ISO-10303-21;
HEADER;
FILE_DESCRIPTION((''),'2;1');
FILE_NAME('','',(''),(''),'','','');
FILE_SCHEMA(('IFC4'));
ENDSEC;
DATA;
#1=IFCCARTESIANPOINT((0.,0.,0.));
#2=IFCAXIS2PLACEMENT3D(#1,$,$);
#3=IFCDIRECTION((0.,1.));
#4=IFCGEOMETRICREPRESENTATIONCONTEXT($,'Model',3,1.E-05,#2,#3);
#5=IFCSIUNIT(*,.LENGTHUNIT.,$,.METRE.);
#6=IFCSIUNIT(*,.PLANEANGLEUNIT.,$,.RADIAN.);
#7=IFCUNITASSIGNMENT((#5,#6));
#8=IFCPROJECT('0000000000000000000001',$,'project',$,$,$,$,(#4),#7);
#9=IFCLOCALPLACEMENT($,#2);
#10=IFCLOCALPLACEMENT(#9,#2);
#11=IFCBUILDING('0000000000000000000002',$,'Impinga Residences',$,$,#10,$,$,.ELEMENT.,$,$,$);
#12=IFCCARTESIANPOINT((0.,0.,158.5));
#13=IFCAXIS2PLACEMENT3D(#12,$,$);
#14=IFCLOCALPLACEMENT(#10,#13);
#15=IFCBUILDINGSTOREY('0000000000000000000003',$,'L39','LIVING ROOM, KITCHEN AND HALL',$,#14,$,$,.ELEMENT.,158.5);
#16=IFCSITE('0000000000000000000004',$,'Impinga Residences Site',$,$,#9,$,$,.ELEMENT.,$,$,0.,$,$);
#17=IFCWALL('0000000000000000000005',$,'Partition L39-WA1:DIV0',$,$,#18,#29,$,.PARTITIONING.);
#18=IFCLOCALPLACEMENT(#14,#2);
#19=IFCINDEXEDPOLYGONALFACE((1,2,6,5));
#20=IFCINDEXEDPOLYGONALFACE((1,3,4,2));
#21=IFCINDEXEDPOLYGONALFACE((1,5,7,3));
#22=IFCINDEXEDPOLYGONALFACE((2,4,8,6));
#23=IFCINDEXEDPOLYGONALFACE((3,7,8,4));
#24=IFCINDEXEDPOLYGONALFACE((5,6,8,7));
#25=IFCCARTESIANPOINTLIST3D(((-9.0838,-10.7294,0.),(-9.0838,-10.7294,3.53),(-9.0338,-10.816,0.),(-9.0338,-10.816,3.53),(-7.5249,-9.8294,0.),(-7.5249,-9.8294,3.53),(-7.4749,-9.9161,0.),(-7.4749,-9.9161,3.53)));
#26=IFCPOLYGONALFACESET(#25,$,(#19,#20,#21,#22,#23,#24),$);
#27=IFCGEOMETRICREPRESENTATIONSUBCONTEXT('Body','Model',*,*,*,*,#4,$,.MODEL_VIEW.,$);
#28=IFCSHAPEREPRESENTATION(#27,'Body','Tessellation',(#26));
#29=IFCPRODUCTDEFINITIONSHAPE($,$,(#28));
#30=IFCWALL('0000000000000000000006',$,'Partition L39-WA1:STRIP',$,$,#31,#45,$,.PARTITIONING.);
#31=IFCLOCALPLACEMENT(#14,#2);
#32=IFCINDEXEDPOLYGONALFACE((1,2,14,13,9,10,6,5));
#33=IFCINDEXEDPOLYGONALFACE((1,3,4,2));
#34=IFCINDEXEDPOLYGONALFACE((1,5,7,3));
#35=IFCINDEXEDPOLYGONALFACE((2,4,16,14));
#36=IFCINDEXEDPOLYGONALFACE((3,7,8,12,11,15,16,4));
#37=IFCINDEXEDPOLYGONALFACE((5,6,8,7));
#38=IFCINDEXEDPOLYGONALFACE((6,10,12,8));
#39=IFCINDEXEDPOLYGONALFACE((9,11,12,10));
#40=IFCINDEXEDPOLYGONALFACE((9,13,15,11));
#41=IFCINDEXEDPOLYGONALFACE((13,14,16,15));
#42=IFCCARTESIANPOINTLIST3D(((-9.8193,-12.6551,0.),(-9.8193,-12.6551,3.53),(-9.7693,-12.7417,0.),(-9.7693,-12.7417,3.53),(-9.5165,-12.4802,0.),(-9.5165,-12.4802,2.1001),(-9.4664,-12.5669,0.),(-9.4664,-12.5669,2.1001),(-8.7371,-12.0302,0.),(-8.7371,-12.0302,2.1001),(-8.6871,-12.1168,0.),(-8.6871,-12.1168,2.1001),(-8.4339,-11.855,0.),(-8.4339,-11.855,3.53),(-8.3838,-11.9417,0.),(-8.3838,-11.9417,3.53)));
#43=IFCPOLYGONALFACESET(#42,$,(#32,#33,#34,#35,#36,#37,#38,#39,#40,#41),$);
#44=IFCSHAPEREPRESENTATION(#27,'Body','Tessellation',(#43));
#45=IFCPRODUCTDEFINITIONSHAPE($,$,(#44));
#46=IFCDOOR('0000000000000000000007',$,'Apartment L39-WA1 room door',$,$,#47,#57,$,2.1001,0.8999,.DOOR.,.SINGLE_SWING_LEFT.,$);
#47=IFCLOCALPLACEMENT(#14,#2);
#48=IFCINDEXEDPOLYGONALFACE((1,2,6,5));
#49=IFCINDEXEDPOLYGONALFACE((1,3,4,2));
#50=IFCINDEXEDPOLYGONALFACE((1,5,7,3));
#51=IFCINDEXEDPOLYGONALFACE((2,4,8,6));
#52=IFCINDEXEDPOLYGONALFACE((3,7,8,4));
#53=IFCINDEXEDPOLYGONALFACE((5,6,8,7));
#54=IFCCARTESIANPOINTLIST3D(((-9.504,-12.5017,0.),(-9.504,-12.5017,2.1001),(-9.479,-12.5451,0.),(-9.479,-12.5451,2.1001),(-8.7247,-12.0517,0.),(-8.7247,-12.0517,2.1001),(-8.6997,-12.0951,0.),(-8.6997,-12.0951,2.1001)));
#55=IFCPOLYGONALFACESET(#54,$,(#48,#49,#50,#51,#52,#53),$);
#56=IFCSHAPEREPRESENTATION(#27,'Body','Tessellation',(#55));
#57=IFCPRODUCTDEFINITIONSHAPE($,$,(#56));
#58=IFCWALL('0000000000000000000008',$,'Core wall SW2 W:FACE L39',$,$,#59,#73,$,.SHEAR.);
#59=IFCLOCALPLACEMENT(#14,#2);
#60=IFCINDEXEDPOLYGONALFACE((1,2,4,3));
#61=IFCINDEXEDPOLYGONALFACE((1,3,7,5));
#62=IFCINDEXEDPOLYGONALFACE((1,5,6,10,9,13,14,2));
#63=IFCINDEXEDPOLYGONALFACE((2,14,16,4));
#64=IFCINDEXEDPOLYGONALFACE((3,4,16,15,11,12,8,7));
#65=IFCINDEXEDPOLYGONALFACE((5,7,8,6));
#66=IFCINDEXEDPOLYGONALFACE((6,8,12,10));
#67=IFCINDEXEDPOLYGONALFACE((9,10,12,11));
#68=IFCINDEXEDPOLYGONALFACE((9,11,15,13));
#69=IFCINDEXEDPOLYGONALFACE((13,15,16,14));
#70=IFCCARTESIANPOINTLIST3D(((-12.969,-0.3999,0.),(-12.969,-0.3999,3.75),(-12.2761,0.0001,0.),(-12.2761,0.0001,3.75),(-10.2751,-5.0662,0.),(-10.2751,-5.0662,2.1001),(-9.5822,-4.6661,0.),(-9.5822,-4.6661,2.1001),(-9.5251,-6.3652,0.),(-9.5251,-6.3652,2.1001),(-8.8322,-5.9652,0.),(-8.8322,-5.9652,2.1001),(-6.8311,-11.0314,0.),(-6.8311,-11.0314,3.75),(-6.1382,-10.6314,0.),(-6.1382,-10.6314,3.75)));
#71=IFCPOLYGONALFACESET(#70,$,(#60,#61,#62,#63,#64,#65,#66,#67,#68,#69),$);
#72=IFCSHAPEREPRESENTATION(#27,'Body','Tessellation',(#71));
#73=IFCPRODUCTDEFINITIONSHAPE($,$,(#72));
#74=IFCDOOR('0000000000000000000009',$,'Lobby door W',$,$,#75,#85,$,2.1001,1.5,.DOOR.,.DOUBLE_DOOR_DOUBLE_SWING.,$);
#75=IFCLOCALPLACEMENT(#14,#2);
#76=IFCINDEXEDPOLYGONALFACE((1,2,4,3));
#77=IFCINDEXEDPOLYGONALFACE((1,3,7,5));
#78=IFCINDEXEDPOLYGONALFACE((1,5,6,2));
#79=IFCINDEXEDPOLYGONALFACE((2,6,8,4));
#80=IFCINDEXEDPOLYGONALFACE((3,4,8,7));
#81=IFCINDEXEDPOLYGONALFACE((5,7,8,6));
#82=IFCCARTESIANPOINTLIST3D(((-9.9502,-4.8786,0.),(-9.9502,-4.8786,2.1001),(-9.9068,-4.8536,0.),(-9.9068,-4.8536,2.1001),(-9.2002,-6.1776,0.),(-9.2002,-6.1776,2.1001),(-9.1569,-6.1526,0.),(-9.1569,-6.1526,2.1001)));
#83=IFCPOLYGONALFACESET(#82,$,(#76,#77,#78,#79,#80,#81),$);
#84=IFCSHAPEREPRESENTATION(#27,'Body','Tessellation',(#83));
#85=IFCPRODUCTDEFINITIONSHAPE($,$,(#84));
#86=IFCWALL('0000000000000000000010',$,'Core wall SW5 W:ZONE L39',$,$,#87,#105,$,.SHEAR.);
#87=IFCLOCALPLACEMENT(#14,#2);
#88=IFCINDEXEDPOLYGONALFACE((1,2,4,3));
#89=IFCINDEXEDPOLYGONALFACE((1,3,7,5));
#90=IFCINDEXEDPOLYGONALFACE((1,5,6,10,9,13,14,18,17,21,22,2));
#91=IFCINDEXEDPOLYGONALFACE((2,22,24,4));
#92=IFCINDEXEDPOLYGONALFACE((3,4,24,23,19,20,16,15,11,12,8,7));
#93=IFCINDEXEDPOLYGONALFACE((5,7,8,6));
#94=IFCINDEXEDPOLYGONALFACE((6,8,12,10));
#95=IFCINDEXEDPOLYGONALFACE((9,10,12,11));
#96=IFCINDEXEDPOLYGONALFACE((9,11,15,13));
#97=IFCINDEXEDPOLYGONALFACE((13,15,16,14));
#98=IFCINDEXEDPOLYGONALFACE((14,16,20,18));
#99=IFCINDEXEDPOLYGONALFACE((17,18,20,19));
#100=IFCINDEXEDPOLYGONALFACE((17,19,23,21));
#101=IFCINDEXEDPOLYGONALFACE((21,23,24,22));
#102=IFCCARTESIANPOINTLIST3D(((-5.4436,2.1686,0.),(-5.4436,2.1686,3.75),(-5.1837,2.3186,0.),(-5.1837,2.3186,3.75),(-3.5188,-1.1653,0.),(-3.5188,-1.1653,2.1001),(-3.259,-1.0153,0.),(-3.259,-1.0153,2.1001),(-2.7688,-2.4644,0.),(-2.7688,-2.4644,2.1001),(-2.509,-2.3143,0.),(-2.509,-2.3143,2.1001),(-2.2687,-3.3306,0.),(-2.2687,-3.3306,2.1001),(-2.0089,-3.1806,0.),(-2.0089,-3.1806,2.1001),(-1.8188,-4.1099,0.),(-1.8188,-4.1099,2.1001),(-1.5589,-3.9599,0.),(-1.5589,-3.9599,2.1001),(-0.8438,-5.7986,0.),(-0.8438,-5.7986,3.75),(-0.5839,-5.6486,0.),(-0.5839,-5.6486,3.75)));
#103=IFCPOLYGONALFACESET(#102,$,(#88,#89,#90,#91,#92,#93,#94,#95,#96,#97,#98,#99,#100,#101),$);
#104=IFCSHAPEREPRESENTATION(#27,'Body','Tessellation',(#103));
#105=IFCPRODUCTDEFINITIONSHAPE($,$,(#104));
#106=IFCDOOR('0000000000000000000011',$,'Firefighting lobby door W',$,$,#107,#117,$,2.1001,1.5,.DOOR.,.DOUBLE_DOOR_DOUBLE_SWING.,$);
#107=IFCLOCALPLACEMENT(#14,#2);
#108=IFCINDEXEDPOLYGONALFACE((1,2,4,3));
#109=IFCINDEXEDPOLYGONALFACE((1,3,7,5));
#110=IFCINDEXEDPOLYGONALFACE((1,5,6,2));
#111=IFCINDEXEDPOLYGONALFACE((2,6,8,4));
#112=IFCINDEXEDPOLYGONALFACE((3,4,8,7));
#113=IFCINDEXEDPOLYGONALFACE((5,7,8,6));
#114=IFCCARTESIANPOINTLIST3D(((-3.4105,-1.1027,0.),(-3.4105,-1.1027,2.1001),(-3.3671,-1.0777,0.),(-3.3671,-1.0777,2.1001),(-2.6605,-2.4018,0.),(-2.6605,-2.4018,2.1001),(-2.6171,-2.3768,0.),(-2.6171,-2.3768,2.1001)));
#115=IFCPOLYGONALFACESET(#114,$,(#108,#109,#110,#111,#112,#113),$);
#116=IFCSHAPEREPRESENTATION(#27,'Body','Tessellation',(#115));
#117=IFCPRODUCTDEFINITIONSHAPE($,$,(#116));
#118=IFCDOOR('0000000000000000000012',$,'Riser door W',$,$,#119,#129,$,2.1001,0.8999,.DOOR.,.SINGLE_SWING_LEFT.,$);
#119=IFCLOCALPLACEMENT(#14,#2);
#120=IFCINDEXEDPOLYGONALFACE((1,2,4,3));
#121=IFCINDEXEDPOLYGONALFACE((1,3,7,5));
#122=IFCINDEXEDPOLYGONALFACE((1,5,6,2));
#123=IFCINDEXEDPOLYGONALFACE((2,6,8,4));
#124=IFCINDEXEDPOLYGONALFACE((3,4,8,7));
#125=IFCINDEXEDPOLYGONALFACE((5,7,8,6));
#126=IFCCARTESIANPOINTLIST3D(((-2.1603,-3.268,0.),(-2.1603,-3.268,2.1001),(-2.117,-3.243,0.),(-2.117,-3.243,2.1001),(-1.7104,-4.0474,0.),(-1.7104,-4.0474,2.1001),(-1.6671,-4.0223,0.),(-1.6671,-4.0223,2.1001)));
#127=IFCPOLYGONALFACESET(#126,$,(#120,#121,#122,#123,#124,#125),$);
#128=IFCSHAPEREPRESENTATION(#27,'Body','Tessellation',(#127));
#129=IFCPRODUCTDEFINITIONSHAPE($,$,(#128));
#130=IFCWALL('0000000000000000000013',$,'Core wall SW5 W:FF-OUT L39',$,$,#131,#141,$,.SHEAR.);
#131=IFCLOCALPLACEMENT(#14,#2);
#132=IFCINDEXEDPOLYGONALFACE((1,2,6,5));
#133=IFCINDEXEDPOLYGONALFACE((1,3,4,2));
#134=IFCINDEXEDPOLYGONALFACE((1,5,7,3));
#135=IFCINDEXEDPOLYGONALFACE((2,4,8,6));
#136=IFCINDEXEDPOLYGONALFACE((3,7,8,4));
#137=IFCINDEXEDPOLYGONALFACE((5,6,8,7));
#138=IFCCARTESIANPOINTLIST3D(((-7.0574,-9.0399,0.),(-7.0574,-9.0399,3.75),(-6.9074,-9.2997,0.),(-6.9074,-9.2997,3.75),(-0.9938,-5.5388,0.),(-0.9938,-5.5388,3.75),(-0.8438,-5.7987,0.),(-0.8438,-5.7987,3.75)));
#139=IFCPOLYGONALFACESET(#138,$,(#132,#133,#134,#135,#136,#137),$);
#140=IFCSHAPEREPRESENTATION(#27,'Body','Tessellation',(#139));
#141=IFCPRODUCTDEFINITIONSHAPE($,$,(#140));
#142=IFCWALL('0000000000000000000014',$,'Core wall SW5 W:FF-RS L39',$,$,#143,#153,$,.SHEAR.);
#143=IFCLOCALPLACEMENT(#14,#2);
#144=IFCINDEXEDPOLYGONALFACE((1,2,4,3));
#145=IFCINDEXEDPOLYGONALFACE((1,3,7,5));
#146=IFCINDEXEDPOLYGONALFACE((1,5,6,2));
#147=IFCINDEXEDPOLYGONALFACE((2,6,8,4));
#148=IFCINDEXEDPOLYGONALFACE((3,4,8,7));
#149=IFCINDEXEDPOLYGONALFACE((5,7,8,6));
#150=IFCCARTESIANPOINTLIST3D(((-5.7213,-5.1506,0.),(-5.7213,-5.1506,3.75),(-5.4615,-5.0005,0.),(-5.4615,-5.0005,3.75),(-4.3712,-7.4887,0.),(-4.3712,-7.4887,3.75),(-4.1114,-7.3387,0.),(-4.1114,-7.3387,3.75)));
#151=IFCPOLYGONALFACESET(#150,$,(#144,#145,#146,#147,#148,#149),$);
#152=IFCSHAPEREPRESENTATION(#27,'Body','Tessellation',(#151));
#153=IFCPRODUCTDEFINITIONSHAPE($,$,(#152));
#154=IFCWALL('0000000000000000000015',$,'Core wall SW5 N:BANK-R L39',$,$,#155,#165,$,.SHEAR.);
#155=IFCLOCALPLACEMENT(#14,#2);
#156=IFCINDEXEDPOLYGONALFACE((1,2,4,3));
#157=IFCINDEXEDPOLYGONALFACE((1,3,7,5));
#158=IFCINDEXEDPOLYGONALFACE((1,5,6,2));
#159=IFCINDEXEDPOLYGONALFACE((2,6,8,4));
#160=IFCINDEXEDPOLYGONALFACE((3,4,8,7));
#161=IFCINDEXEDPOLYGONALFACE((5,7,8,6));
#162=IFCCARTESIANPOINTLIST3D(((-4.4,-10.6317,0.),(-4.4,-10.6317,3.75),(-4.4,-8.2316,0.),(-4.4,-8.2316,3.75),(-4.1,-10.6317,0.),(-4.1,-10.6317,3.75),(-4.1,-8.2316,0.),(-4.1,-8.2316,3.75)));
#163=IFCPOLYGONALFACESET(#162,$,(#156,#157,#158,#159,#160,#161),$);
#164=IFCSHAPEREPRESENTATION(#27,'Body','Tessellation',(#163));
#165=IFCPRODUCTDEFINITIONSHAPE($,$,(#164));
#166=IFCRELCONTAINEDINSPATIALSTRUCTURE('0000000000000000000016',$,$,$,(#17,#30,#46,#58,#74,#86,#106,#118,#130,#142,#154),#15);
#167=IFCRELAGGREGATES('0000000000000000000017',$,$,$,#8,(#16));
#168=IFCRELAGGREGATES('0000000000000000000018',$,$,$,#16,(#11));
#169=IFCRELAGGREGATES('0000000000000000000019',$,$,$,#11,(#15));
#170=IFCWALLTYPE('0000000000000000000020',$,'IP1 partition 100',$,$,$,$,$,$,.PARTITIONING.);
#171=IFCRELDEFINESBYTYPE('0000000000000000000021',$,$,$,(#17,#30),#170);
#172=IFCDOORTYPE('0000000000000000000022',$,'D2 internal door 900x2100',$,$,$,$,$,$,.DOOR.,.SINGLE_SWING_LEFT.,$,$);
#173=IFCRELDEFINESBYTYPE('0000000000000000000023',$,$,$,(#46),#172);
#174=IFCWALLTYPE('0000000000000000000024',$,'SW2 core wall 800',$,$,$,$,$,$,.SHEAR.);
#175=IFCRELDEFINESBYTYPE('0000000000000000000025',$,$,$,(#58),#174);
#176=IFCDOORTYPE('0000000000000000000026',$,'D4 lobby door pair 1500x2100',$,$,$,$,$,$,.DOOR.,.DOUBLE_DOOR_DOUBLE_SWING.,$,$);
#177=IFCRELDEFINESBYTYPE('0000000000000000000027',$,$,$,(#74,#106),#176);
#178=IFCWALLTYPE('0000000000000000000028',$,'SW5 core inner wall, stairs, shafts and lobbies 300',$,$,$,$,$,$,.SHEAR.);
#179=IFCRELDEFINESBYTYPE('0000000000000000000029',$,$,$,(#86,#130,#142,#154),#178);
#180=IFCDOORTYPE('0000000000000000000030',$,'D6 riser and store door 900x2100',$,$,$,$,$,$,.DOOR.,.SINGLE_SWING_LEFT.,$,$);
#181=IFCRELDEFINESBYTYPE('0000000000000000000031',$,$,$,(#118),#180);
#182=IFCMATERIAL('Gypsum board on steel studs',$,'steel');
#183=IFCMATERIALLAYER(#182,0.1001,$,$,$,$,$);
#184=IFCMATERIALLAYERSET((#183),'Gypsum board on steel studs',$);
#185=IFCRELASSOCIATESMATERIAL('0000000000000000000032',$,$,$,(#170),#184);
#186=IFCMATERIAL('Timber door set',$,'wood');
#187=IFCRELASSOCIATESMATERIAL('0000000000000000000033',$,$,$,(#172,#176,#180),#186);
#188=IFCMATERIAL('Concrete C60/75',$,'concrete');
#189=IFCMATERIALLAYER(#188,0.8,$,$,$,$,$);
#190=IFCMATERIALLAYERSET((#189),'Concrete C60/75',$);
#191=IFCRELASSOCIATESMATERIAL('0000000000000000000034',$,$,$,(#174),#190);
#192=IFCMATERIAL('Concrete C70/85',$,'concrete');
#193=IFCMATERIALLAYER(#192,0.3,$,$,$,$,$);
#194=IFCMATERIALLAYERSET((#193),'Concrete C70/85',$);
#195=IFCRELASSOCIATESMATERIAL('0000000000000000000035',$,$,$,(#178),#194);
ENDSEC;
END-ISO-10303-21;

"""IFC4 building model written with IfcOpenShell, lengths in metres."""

from ifc_helpers import new_model, si_unit, direction, frame, frame_2d, origin, place, context, subcontext, project, spatial, rectangle, extrude, material, layer, layer_set, type_object, element, fill, save


model = new_model("IFC4")

# Units and contexts
model_context = context("Model", 3, precision=1e-05, world=origin(), true_north=direction((0.0, 1.0)))
body_context = subcontext(model_context, "Body", "Model", "MODEL_VIEW")
ifc_project = project(units=[si_unit("LENGTHUNIT", "METRE"), si_unit("PLANEANGLEUNIT", "RADIAN")], contexts=[model_context])

# Site, building, storey
site_placement = place(None, origin())
site = spatial("IfcSite", under=ifc_project, at=site_placement, Name="Impinga Residences Site", CompositionType="ELEMENT", RefElevation=0.0)
building_placement = place(site_placement, origin())
building = spatial("IfcBuilding", under=site, at=building_placement, Name="Impinga Residences", CompositionType="ELEMENT")
storey_placement = place(building_placement, frame((0.0, 0.0, 158.5)))
storey = spatial("IfcBuildingStorey", under=building, at=storey_placement, Name="L39", Description="LIVING ROOM, KITCHEN AND HALL", CompositionType="ELEMENT", Elevation=158.5)

# Shared definitions
ifc_material_1 = material(Name="Concrete C60/75", Category="concrete")

# Wall
ifc_material_2 = material(Name="Gypsum board on steel studs", Category="steel")
ifc_layer_1 = layer(ifc_material_2, 0.1001)
ifc_layer_set_1 = layer_set([ifc_layer_1], Name="Gypsum board on steel studs")
wall_type_1 = type_object("IfcWallType", Name="IP1 partition 100", PredefinedType="PARTITIONING", material=ifc_layer_set_1)
wall_1_placement = place(storey_placement, frame((-7.5, -9.8728, 0.0), z_axis=(0.0, 0.0, 1.0), x_axis=(-0.866048, -0.499961, 0.0)))
element("IfcWall", 1, at=wall_1_placement, inside=storey, type_object=wall_type_1, Name="Partition L39-WA1:DIV0", PredefinedType="PARTITIONING", context=body_context, shape_type="SweptSolid", body=[
    extrude(rectangle(XDim=1.8, YDim=0.1001, at=frame_2d((0.8999, 0.0))), origin(), (0.0, 0.0, 1.0), 3.53),
])

# Walls, openings, doors
wall_2_placement = place(storey_placement, frame((-8.4089, -11.8984, 0.0), z_axis=(0.0, 0.0, 1.0), x_axis=(-0.86599, -0.500061, 0.0)))
wall_2 = element("IfcWall", 2, at=wall_2_placement, inside=storey, type_object=wall_type_1, Name="Partition L39-WA1:STRIP", PredefinedType="PARTITIONING", context=body_context, shape_type="SweptSolid", body=[
    extrude(rectangle(XDim=1.5999, YDim=0.1001, at=frame_2d((0.7998, 0.0))), origin(), (0.0, 0.0, 1.0), 3.53),
])
opening_1_placement = place(wall_2_placement, frame((0.3501, 0.0, 0.0)))
opening_1 = element("IfcOpeningElement", 3, at=opening_1_placement, cuts=wall_2, PredefinedType="OPENING", context=body_context, shape_type="SweptSolid", body=[
    extrude(rectangle(XDim=0.8999, YDim=2.1001, at=frame_2d((0.45, 1.05))), frame((0.0, 0.0601, 0.0), z_axis=(0.0, -1.0, 0.0), x_axis=(1.0, 0.0, 0.0)), (0.0, 0.0, 1.0), 0.1201),
])
ifc_material_3 = material(Name="Timber door set", Category="wood")
door_type_1 = type_object("IfcDoorType", Name="D2 internal door 900x2100", OperationType="SINGLE_SWING_LEFT", PredefinedType="DOOR", material=ifc_material_3)
door_1_placement = place(opening_1_placement, origin())
door_1 = element("IfcDoor", 4, at=door_1_placement, inside=storey, type_object=door_type_1, Name="Apartment L39-WA1 room door", OperationType="SINGLE_SWING_LEFT", OverallHeight=2.1001, OverallWidth=0.8999, PredefinedType="DOOR", context=body_context, shape_type="SweptSolid", body=[
    extrude(rectangle(XDim=0.8999, YDim=2.1001, at=frame_2d((0.45, 1.05))), frame((0.0, 0.0249, 0.0), z_axis=(0.0, -1.0, 0.0), x_axis=(1.0, 0.0, 0.0)), (0.0, 0.0, 1.0), 0.05),
])
fill(opening_1, door_1)
ifc_layer_2 = layer(ifc_material_1, 0.8)
ifc_layer_set_2 = layer_set([ifc_layer_2], Name="Concrete C60/75")
wall_type_2 = type_object("IfcWallType", Name="SW2 core wall 800", PredefinedType="SHEAR", material=ifc_layer_set_2)
wall_3_placement = place(storey_placement, frame((-6.4846, -10.8315, 0.0), z_axis=(0.0, 0.0, 1.0), x_axis=(-0.499987, 0.866033, 0.0)))
wall_3 = element("IfcWall", 5, at=wall_3_placement, inside=storey, type_object=wall_type_2, Name="Core wall SW2 W:FACE L39", PredefinedType="SHEAR", context=body_context, shape_type="SweptSolid", body=[
    extrude(rectangle(XDim=12.2761, YDim=0.8, at=frame_2d((6.1382, 0.0))), origin(), (0.0, 0.0, 1.0), 3.75),
])
opening_2_placement = place(wall_3_placement, frame((5.3882, 0.0, 0.0)))
opening_2 = element("IfcOpeningElement", 6, at=opening_2_placement, cuts=wall_3, PredefinedType="OPENING", context=body_context, shape_type="SweptSolid", body=[
    extrude(rectangle(XDim=1.5, YDim=2.1001, at=frame_2d((0.75, 1.05))), frame((0.0, 0.4099, 0.0), z_axis=(0.0, -1.0, 0.0), x_axis=(1.0, 0.0, 0.0)), (0.0, 0.0, 1.0), 0.8201),
])
door_type_2 = type_object("IfcDoorType", Name="D4 lobby door pair 1500x2100", OperationType="DOUBLE_DOOR_DOUBLE_SWING", PredefinedType="DOOR", material=ifc_material_3)
door_2_placement = place(opening_2_placement, origin())
door_2 = element("IfcDoor", 7, at=door_2_placement, inside=storey, type_object=door_type_2, Name="Lobby door W", OperationType="DOUBLE_DOOR_DOUBLE_SWING", OverallHeight=2.1001, OverallWidth=1.5, PredefinedType="DOOR", context=body_context, shape_type="SweptSolid", body=[
    extrude(rectangle(XDim=1.5, YDim=2.1001, at=frame_2d((0.75, 1.05))), frame((0.0, 0.0249, 0.0), z_axis=(0.0, -1.0, 0.0), x_axis=(1.0, 0.0, 0.0)), (0.0, 0.0, 1.0), 0.05),
])
fill(opening_2, door_2)

# Wall, openings, doors
ifc_material_4 = material(Name="Concrete C70/85", Category="concrete")
ifc_layer_3 = layer(ifc_material_4, 0.3)
ifc_layer_set_3 = layer_set([ifc_layer_3], Name="Concrete C70/85")
wall_type_3 = type_object("IfcWallType", Name="SW5 core inner wall, stairs, shafts and lobbies 300", PredefinedType="SHEAR", material=ifc_layer_set_3)
wall_4_placement = place(storey_placement, frame((-0.7139, -5.7236, 0.0), z_axis=(0.0, 0.0, 1.0), x_axis=(-0.499995, 0.866028, 0.0)))
wall_4 = element("IfcWall", 8, at=wall_4_placement, inside=storey, type_object=wall_type_3, Name="Core wall SW5 W:ZONE L39", PredefinedType="SHEAR", context=body_context, shape_type="SweptSolid", body=[
    extrude(rectangle(XDim=9.1997, YDim=0.3, at=frame_2d((4.5999, 0.0))), origin(), (0.0, 0.0, 1.0), 3.75),
])
opening_3_placement = place(wall_4_placement, frame((3.8501, 0.0, 0.0)))
opening_3 = element("IfcOpeningElement", 9, at=opening_3_placement, cuts=wall_4, PredefinedType="OPENING", context=body_context, shape_type="SweptSolid", body=[
    extrude(rectangle(XDim=1.5, YDim=2.1001, at=frame_2d((0.75, 1.05))), frame((0.0, 0.1599, 0.0), z_axis=(0.0, -1.0, 0.0), x_axis=(1.0, 0.0, 0.0)), (0.0, 0.0, 1.0), 0.3201),
])
opening_4_placement = place(wall_4_placement, frame((1.95, 0.0, 0.0)))
opening_4 = element("IfcOpeningElement", 10, at=opening_4_placement, cuts=wall_4, PredefinedType="OPENING", context=body_context, shape_type="SweptSolid", body=[
    extrude(rectangle(XDim=0.8999, YDim=2.1001, at=frame_2d((0.45, 1.05))), frame((0.0, 0.1599, 0.0), z_axis=(0.0, -1.0, 0.0), x_axis=(1.0, 0.0, 0.0)), (0.0, 0.0, 1.0), 0.3201),
])
door_3_placement = place(opening_3_placement, origin())
door_3 = element("IfcDoor", 11, at=door_3_placement, inside=storey, type_object=door_type_2, Name="Firefighting lobby door W", OperationType="DOUBLE_DOOR_DOUBLE_SWING", OverallHeight=2.1001, OverallWidth=1.5, PredefinedType="DOOR", context=body_context, shape_type="SweptSolid", body=[
    extrude(rectangle(XDim=1.5, YDim=2.1001, at=frame_2d((0.75, 1.05))), frame((0.0, 0.0249, 0.0), z_axis=(0.0, -1.0, 0.0), x_axis=(1.0, 0.0, 0.0)), (0.0, 0.0, 1.0), 0.05),
])
fill(opening_3, door_3)
door_type_3 = type_object("IfcDoorType", Name="D6 riser and store door 900x2100", OperationType="SINGLE_SWING_LEFT", PredefinedType="DOOR", material=ifc_material_3)
door_4_placement = place(opening_4_placement, origin())
door_4 = element("IfcDoor", 12, at=door_4_placement, inside=storey, type_object=door_type_3, Name="Riser door W", OperationType="SINGLE_SWING_LEFT", OverallHeight=2.1001, OverallWidth=0.8999, PredefinedType="DOOR", context=body_context, shape_type="SweptSolid", body=[
    extrude(rectangle(XDim=0.8999, YDim=2.1001, at=frame_2d((0.45, 1.05))), frame((0.0, 0.0249, 0.0), z_axis=(0.0, -1.0, 0.0), x_axis=(1.0, 0.0, 0.0)), (0.0, 0.0, 1.0), 0.05),
])
fill(opening_4, door_4)

# Walls
wall_5_placement = place(storey_placement, frame((-0.9187, -5.6687, 0.0), z_axis=(0.0, 0.0, 1.0), x_axis=(-0.866011, -0.500024, 0.0)))
element("IfcWall", 13, at=wall_5_placement, inside=storey, type_object=wall_type_3, Name="Core wall SW5 W:FF-OUT L39", PredefinedType="SHEAR", context=body_context, shape_type="SweptSolid", body=[
    extrude(rectangle(XDim=7.0017, YDim=0.3, at=frame_2d((3.501, 0.0))), origin(), (0.0, 0.0, 1.0), 3.75),
])
wall_6_placement = place(storey_placement, frame((-4.2412, -7.4138, 0.0), z_axis=(0.0, 0.0, 1.0), x_axis=(-0.500049, 0.865997, 0.0)))
element("IfcWall", 14, at=wall_6_placement, inside=storey, type_object=wall_type_3, Name="Core wall SW5 W:FF-RS L39", PredefinedType="SHEAR", context=body_context, shape_type="SweptSolid", body=[
    extrude(rectangle(XDim=2.7, YDim=0.3, at=frame_2d((1.3501, 0.0))), origin(), (0.0, 0.0, 1.0), 3.75),
])
wall_7_placement = place(storey_placement, frame((-4.25, -8.2314, 0.0), z_axis=(0.0, 0.0, 1.0), x_axis=(0.0, -1.0, 0.0)))
element("IfcWall", 15, at=wall_7_placement, inside=storey, type_object=wall_type_3, Name="Core wall SW5 N:BANK-R L39", PredefinedType="SHEAR", context=body_context, shape_type="SweptSolid", body=[
    extrude(rectangle(XDim=2.4001, YDim=0.3, at=frame_2d((1.2002, 0.0))), origin(), (0.0, 0.0, 1.0), 3.75),
])

save(model, "model.ifc")
